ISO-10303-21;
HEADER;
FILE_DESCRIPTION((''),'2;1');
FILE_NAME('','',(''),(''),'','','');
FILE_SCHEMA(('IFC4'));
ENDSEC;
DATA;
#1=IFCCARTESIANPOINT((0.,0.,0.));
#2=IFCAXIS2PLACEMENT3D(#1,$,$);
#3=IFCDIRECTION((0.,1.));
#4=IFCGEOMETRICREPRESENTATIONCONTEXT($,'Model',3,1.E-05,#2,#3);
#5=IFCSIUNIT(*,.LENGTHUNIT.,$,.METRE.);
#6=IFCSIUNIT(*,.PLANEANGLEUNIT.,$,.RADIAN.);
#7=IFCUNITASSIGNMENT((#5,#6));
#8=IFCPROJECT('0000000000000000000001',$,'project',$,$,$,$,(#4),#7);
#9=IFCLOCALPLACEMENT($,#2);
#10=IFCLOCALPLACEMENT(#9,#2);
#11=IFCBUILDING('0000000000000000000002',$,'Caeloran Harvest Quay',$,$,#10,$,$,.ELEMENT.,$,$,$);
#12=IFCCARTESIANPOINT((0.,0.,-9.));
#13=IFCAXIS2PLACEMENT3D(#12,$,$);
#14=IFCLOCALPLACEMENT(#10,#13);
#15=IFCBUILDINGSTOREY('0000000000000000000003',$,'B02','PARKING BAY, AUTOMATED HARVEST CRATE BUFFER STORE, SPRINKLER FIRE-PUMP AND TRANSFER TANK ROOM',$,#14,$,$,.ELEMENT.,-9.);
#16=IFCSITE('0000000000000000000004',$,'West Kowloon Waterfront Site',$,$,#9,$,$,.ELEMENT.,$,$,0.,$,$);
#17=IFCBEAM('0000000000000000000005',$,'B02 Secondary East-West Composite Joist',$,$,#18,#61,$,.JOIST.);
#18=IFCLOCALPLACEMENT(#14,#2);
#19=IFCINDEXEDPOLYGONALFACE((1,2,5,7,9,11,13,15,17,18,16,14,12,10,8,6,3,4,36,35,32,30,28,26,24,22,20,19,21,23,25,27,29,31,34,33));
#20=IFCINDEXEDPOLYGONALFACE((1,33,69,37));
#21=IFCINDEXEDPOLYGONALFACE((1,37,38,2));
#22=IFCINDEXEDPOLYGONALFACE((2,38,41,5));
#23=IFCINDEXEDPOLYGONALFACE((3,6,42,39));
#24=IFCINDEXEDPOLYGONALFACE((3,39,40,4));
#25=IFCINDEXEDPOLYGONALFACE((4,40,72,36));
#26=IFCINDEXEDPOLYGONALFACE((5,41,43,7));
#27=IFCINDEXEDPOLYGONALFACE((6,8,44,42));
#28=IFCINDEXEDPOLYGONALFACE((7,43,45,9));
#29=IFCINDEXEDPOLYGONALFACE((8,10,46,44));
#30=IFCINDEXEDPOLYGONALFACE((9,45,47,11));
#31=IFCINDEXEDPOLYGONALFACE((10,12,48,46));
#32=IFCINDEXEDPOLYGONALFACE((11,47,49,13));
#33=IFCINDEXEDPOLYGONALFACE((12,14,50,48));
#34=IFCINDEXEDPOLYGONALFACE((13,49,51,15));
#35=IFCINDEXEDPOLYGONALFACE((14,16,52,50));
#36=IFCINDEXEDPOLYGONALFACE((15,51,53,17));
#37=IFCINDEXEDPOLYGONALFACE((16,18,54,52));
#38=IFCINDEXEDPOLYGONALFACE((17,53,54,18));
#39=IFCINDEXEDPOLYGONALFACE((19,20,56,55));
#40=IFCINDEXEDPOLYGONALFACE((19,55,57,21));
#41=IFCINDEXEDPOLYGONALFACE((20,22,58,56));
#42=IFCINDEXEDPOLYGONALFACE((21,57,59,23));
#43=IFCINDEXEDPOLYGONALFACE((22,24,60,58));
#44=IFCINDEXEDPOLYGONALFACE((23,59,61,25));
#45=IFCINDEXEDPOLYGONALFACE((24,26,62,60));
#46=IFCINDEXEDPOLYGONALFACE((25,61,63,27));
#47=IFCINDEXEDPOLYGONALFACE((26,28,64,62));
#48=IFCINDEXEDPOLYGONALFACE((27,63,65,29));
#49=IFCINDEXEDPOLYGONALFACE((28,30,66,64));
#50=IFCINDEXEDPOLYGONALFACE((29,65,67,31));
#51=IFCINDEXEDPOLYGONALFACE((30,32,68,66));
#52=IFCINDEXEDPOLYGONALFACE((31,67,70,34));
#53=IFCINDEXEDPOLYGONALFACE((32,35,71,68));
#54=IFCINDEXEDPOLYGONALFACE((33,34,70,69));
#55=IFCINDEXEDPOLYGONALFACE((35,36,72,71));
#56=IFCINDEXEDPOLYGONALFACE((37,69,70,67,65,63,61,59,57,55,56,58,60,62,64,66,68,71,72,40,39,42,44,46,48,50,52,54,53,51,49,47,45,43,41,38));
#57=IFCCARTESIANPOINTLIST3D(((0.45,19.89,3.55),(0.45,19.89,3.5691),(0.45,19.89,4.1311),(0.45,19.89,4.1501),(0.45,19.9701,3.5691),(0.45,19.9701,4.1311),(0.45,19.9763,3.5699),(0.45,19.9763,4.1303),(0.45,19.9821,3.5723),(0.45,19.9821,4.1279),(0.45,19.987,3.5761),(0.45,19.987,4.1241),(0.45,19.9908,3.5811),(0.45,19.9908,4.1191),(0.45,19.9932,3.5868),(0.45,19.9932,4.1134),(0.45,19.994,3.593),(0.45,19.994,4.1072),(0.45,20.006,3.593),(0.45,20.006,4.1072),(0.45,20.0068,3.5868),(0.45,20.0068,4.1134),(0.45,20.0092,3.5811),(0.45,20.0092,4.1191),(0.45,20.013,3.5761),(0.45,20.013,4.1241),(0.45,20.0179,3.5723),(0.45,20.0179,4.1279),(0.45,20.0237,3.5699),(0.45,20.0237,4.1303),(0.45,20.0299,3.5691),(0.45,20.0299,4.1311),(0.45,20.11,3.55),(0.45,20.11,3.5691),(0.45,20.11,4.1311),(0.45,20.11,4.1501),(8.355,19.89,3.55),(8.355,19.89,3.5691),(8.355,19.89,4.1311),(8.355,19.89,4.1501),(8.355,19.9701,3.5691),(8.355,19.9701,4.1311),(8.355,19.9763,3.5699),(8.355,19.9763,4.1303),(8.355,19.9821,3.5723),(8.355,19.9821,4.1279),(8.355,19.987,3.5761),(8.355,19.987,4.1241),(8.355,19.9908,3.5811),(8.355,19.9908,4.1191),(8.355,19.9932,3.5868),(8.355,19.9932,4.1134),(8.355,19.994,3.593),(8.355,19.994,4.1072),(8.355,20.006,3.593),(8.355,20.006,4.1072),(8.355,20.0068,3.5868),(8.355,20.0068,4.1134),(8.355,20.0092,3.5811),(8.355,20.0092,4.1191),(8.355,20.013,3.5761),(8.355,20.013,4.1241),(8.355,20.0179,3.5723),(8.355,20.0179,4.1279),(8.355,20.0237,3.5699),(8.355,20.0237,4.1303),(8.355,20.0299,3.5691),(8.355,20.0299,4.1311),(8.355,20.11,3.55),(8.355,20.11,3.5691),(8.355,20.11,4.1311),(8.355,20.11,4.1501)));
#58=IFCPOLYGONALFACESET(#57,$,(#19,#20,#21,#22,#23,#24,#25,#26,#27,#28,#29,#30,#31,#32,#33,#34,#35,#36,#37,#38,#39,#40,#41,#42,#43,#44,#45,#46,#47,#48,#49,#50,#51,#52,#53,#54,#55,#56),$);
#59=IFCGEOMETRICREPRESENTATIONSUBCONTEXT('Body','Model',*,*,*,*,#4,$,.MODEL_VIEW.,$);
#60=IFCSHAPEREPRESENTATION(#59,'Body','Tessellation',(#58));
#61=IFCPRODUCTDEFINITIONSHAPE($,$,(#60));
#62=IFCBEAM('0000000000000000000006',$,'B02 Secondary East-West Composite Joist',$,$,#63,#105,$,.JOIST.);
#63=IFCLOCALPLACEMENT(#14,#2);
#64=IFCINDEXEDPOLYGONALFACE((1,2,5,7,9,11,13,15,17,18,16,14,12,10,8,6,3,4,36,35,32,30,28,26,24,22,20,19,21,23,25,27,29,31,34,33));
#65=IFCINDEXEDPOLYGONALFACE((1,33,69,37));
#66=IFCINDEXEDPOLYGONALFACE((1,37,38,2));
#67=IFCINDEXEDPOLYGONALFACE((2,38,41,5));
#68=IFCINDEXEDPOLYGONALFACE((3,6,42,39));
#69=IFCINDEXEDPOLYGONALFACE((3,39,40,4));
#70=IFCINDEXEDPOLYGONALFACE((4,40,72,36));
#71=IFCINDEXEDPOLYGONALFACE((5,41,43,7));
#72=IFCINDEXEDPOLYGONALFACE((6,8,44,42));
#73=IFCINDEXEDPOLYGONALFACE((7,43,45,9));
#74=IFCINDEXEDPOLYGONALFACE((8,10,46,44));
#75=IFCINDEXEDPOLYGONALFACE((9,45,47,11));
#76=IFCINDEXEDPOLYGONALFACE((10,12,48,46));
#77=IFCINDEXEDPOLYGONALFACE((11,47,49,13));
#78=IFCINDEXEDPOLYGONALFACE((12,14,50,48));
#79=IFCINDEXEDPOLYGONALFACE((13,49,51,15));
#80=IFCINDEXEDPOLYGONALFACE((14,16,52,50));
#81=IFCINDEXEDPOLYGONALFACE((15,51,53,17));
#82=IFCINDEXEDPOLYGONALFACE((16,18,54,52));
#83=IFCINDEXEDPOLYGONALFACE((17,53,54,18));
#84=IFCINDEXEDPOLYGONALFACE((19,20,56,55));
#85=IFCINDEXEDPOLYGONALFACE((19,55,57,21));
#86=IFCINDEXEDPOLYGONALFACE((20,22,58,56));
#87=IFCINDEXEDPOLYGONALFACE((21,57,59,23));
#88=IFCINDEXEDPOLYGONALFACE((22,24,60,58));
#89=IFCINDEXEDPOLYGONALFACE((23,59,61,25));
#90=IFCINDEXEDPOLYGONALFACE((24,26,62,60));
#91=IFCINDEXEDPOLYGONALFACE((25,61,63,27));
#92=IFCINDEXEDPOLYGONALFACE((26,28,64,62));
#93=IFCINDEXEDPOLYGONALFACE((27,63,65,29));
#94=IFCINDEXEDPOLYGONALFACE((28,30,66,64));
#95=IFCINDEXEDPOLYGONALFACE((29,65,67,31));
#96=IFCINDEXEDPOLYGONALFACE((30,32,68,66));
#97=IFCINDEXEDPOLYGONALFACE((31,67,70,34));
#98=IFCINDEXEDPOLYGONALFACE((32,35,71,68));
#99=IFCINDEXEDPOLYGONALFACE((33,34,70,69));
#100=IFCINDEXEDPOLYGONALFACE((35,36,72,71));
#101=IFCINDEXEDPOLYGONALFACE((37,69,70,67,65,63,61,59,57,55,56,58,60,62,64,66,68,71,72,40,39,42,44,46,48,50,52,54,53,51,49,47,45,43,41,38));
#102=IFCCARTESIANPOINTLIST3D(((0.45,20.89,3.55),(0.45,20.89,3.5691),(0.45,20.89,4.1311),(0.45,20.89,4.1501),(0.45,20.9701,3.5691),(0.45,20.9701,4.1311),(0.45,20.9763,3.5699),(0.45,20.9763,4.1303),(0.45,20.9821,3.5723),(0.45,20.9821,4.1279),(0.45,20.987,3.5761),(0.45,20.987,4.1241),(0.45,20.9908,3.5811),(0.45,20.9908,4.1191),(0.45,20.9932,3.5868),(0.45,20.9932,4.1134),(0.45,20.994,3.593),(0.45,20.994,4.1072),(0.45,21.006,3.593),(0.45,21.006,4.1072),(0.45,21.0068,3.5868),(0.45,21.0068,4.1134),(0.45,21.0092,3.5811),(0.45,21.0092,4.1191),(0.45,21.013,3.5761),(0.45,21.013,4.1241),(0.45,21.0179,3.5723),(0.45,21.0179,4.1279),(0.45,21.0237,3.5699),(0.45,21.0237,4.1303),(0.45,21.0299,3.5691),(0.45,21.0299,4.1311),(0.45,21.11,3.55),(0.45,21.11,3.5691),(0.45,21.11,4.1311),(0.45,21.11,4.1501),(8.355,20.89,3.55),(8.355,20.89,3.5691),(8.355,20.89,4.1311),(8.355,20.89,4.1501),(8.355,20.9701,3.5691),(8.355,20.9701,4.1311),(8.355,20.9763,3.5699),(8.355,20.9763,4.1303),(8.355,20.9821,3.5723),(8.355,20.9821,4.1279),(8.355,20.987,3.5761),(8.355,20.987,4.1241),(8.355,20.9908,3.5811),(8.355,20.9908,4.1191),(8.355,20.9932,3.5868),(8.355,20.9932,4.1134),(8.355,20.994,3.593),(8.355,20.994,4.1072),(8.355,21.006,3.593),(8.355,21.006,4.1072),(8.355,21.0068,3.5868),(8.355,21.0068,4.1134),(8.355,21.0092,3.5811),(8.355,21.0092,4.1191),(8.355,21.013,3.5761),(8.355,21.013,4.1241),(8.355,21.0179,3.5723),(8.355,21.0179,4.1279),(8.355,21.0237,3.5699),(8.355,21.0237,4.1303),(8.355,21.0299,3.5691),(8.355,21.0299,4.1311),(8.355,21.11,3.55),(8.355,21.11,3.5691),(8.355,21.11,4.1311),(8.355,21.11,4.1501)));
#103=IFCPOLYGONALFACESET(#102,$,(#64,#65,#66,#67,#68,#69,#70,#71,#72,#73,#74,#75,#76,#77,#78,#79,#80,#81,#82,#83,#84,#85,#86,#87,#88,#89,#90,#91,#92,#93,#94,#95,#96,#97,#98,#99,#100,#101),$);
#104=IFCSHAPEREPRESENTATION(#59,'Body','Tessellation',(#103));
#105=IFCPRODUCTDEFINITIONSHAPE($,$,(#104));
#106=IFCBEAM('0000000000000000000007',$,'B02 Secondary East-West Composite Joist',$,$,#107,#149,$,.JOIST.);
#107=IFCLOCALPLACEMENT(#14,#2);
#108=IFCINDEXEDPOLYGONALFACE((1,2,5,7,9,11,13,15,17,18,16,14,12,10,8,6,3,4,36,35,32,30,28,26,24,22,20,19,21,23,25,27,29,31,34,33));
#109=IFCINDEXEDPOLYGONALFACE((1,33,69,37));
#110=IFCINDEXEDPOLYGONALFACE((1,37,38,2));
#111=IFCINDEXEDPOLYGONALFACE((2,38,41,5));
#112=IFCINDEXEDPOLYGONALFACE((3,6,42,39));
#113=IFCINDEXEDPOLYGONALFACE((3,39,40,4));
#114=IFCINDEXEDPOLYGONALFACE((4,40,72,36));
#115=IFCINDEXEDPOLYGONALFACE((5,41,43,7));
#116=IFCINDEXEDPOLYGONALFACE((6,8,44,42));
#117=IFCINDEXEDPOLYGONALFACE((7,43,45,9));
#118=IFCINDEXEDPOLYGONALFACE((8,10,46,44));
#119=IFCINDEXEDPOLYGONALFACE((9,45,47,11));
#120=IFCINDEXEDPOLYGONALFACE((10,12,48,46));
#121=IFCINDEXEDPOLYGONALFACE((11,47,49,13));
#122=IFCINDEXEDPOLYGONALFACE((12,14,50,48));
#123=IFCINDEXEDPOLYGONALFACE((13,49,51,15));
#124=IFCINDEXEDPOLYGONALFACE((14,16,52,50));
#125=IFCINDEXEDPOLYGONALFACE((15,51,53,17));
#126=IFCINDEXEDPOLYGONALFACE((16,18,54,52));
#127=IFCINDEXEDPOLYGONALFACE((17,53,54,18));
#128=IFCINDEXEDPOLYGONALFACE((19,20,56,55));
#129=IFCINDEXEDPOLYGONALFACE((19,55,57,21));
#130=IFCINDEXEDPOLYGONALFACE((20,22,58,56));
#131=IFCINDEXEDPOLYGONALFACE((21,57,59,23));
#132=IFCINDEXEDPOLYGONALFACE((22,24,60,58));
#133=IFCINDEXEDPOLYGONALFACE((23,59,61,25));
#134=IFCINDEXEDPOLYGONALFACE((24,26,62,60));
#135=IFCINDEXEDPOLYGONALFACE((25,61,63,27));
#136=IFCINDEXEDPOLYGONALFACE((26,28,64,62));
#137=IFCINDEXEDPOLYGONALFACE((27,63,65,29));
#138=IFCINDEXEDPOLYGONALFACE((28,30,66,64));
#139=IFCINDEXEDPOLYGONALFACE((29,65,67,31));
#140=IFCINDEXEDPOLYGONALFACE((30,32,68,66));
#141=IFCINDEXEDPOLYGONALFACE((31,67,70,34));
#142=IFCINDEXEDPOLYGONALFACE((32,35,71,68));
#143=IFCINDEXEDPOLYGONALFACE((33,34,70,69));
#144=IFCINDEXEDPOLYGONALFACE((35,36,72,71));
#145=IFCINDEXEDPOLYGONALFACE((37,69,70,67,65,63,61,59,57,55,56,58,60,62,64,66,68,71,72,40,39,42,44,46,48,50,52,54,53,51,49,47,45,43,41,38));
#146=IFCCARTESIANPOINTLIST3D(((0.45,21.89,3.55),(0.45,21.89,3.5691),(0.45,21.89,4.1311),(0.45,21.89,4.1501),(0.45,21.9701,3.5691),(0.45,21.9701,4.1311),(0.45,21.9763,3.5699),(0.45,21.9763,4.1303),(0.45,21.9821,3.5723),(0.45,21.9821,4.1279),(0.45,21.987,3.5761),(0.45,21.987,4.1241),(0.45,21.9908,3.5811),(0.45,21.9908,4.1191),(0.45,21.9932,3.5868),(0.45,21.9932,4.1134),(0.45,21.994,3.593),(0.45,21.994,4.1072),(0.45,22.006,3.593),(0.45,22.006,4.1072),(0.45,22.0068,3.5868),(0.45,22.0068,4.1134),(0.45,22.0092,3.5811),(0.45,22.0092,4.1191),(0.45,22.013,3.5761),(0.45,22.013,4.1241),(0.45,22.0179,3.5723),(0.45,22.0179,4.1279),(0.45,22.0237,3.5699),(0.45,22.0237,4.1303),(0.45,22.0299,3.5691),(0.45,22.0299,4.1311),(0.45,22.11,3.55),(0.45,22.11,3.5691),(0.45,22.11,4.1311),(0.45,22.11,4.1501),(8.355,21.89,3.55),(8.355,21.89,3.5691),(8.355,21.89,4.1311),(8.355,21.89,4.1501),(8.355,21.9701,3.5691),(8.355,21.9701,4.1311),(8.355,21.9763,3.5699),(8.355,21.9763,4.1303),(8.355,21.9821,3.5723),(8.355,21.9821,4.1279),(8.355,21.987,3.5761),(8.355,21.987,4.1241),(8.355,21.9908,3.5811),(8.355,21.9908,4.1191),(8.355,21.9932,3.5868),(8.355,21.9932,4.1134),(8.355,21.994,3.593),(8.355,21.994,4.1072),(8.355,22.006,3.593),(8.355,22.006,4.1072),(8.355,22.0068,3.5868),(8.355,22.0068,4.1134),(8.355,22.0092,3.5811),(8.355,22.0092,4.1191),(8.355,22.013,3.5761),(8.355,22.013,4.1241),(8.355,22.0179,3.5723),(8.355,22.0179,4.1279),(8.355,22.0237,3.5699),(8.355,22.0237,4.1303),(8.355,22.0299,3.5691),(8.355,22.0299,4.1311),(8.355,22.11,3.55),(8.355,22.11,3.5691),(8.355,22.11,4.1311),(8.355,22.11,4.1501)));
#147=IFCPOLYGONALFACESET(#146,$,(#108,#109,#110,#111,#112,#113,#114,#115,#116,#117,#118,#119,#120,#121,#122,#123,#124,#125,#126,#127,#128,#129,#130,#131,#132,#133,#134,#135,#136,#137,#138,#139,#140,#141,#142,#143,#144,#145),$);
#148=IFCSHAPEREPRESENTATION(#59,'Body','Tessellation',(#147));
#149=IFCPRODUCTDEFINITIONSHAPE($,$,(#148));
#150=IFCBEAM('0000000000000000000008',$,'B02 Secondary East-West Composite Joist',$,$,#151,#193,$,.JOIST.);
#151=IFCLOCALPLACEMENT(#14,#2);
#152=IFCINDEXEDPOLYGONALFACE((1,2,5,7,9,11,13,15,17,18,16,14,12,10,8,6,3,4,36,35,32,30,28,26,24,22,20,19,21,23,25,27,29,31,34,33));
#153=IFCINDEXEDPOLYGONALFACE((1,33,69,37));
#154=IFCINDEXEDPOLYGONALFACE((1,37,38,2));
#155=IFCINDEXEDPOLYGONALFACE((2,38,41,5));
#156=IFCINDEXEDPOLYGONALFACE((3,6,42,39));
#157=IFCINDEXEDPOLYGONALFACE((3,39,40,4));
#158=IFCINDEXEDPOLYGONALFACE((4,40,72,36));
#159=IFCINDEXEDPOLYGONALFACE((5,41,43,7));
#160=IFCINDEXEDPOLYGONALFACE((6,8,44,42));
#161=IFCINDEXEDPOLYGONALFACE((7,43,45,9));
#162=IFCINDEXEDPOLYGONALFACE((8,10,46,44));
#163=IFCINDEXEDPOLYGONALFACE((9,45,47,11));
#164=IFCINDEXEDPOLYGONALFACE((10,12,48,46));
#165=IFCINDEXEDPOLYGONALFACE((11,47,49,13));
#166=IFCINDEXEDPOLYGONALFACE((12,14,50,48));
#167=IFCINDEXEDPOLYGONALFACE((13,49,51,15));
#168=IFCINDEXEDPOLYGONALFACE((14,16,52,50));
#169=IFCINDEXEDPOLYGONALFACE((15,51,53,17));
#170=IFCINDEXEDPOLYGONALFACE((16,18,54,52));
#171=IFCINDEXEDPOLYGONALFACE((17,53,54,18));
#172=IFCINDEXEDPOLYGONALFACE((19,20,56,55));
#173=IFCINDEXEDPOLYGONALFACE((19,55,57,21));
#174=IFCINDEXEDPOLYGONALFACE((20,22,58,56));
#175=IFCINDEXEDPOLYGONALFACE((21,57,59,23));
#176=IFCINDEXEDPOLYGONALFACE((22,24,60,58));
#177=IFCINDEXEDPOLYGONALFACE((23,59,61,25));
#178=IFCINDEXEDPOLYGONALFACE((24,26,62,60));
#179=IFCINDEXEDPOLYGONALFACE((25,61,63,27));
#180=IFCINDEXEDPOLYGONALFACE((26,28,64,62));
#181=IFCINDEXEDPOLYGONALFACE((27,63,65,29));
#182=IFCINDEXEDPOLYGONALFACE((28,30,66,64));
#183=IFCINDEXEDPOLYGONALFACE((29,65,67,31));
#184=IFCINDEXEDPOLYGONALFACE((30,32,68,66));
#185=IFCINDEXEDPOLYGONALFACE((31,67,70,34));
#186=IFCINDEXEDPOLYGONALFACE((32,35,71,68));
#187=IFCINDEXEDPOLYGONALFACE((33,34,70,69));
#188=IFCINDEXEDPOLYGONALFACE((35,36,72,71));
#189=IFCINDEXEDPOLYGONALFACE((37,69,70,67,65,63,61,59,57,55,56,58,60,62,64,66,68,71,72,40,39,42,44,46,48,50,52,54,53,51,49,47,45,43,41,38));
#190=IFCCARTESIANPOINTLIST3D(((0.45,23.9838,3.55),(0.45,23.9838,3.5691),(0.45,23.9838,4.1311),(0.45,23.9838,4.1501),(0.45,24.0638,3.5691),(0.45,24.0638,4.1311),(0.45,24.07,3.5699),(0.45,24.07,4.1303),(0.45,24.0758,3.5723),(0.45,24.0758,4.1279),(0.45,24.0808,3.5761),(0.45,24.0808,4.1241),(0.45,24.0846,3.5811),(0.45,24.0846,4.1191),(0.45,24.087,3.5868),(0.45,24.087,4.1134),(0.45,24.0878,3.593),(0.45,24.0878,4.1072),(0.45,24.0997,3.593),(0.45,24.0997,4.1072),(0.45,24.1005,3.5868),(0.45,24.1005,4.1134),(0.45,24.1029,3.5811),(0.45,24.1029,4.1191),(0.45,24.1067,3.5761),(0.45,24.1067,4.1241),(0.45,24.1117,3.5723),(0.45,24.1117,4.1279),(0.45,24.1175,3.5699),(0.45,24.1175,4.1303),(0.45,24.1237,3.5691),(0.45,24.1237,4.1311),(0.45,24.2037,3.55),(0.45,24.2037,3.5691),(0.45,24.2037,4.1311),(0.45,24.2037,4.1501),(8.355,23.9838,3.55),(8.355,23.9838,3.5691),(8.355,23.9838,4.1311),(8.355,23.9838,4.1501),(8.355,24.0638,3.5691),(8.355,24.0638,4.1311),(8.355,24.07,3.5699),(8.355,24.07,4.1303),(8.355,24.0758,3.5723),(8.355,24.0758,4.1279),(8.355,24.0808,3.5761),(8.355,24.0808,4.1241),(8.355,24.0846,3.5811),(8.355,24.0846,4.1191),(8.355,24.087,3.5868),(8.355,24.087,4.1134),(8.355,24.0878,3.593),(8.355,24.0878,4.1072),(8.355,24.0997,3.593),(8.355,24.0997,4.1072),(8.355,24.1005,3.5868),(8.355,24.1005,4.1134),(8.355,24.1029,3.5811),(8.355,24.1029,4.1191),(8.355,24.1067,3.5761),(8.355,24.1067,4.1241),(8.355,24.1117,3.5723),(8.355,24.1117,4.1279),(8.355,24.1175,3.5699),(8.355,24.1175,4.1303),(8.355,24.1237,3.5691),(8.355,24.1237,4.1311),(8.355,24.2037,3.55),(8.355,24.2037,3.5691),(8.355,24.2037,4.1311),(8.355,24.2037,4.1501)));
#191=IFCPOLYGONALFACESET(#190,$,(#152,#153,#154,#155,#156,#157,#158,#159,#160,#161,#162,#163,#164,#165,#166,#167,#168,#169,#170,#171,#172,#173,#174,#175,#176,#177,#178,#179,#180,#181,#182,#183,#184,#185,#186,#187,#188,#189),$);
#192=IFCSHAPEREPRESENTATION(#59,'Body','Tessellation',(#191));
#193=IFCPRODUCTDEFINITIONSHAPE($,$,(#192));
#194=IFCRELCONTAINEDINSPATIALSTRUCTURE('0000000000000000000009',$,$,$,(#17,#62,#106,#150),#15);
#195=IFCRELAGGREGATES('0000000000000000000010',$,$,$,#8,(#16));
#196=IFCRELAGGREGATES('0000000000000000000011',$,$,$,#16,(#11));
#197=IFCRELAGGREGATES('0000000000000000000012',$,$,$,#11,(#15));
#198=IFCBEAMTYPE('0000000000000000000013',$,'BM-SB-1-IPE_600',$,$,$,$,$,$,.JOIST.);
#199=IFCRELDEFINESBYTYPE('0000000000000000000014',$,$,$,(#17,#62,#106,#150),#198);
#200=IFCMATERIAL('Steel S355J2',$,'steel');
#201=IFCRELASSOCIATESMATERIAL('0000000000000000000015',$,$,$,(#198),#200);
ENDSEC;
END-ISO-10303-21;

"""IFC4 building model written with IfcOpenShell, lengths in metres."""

from ifc_helpers import new_model, si_unit, direction, frame, origin, origin_2d, place, context, subcontext, project, spatial, i_section, extrude, material, material_profile, profile_set, type_object, element, save


model = new_model("IFC4")

# Units and contexts
model_context = context("Model", 3, precision=1e-05, world=origin(), true_north=direction((0.0, 1.0)))
body_context = subcontext(model_context, "Body", "Model", "MODEL_VIEW")
ifc_project = project(units=[si_unit("LENGTHUNIT", "METRE"), si_unit("PLANEANGLEUNIT", "RADIAN")], contexts=[model_context])

# Site, building, storey
site_placement = place(None, origin())
site = spatial("IfcSite", under=ifc_project, at=site_placement, Name="West Kowloon Waterfront Site", CompositionType="ELEMENT", RefElevation=0.0)
building_placement = place(site_placement, origin())
building = spatial("IfcBuilding", under=site, at=building_placement, Name="Caeloran Harvest Quay", CompositionType="ELEMENT")
storey_placement = place(building_placement, frame((0.0, 0.0, -9.0)))
storey = spatial("IfcBuildingStorey", under=building, at=storey_placement, Name="B02", Description="PARKING BAY, AUTOMATED HARVEST CRATE BUFFER STORE, SPRINKLER FIRE-PUMP AND TRANSFER TANK ROOM", CompositionType="ELEMENT", Elevation=-9.0)

# Beams
ifc_material_1 = material(Name="Steel S355J2", Category="steel")
ifc_material_profile_1 = material_profile(ifc_material_1, i_section(OverallWidth=0.22, OverallDepth=0.6001, WebThickness=0.012, FlangeThickness=0.019, FilletRadius=0.0239, at=origin_2d()), Name="IPE 600")
ifc_profile_set_1 = profile_set([ifc_material_profile_1], Name="Steel S355J2")
beam_type_1 = type_object("IfcBeamType", Name="BM-SB-1-IPE_600", PredefinedType="JOIST", material=ifc_profile_set_1)
for number, where, z_axis, x_axis, name in (
    (1, (0.45, 20.0, 3.8501), (1.0, 0.0, 0.0), (0.0, 1.0, 0.0), "B02 Secondary East-West Composite Joist"),
    (2, (0.45, 21.0, 3.8501), (1.0, 0.0, 0.0), (0.0, 1.0, 0.0), "B02 Secondary East-West Composite Joist"),
    (3, (0.45, 22.0, 3.8501), (1.0, 0.0, 0.0), (0.0, 1.0, 0.0), "B02 Secondary East-West Composite Joist"),
    (4, (0.45, 24.0938, 3.8501), (1.0, 0.0, 0.0), (0.0, 1.0, 0.0), "B02 Secondary East-West Composite Joist"),
):
    element("IfcBeam", number, at=place(storey_placement, frame(where, z_axis=z_axis, x_axis=x_axis)), inside=storey, type_object=beam_type_1, Name=name, PredefinedType="JOIST", context=body_context, shape_type="SweptSolid", body=[
        extrude(i_section(OverallWidth=0.22, OverallDepth=0.6001, WebThickness=0.012, FlangeThickness=0.019, FilletRadius=0.0239, at=origin_2d()), origin(), (0.0, 0.0, 1.0), 7.905),
    ])

save(model, "model.ifc")
